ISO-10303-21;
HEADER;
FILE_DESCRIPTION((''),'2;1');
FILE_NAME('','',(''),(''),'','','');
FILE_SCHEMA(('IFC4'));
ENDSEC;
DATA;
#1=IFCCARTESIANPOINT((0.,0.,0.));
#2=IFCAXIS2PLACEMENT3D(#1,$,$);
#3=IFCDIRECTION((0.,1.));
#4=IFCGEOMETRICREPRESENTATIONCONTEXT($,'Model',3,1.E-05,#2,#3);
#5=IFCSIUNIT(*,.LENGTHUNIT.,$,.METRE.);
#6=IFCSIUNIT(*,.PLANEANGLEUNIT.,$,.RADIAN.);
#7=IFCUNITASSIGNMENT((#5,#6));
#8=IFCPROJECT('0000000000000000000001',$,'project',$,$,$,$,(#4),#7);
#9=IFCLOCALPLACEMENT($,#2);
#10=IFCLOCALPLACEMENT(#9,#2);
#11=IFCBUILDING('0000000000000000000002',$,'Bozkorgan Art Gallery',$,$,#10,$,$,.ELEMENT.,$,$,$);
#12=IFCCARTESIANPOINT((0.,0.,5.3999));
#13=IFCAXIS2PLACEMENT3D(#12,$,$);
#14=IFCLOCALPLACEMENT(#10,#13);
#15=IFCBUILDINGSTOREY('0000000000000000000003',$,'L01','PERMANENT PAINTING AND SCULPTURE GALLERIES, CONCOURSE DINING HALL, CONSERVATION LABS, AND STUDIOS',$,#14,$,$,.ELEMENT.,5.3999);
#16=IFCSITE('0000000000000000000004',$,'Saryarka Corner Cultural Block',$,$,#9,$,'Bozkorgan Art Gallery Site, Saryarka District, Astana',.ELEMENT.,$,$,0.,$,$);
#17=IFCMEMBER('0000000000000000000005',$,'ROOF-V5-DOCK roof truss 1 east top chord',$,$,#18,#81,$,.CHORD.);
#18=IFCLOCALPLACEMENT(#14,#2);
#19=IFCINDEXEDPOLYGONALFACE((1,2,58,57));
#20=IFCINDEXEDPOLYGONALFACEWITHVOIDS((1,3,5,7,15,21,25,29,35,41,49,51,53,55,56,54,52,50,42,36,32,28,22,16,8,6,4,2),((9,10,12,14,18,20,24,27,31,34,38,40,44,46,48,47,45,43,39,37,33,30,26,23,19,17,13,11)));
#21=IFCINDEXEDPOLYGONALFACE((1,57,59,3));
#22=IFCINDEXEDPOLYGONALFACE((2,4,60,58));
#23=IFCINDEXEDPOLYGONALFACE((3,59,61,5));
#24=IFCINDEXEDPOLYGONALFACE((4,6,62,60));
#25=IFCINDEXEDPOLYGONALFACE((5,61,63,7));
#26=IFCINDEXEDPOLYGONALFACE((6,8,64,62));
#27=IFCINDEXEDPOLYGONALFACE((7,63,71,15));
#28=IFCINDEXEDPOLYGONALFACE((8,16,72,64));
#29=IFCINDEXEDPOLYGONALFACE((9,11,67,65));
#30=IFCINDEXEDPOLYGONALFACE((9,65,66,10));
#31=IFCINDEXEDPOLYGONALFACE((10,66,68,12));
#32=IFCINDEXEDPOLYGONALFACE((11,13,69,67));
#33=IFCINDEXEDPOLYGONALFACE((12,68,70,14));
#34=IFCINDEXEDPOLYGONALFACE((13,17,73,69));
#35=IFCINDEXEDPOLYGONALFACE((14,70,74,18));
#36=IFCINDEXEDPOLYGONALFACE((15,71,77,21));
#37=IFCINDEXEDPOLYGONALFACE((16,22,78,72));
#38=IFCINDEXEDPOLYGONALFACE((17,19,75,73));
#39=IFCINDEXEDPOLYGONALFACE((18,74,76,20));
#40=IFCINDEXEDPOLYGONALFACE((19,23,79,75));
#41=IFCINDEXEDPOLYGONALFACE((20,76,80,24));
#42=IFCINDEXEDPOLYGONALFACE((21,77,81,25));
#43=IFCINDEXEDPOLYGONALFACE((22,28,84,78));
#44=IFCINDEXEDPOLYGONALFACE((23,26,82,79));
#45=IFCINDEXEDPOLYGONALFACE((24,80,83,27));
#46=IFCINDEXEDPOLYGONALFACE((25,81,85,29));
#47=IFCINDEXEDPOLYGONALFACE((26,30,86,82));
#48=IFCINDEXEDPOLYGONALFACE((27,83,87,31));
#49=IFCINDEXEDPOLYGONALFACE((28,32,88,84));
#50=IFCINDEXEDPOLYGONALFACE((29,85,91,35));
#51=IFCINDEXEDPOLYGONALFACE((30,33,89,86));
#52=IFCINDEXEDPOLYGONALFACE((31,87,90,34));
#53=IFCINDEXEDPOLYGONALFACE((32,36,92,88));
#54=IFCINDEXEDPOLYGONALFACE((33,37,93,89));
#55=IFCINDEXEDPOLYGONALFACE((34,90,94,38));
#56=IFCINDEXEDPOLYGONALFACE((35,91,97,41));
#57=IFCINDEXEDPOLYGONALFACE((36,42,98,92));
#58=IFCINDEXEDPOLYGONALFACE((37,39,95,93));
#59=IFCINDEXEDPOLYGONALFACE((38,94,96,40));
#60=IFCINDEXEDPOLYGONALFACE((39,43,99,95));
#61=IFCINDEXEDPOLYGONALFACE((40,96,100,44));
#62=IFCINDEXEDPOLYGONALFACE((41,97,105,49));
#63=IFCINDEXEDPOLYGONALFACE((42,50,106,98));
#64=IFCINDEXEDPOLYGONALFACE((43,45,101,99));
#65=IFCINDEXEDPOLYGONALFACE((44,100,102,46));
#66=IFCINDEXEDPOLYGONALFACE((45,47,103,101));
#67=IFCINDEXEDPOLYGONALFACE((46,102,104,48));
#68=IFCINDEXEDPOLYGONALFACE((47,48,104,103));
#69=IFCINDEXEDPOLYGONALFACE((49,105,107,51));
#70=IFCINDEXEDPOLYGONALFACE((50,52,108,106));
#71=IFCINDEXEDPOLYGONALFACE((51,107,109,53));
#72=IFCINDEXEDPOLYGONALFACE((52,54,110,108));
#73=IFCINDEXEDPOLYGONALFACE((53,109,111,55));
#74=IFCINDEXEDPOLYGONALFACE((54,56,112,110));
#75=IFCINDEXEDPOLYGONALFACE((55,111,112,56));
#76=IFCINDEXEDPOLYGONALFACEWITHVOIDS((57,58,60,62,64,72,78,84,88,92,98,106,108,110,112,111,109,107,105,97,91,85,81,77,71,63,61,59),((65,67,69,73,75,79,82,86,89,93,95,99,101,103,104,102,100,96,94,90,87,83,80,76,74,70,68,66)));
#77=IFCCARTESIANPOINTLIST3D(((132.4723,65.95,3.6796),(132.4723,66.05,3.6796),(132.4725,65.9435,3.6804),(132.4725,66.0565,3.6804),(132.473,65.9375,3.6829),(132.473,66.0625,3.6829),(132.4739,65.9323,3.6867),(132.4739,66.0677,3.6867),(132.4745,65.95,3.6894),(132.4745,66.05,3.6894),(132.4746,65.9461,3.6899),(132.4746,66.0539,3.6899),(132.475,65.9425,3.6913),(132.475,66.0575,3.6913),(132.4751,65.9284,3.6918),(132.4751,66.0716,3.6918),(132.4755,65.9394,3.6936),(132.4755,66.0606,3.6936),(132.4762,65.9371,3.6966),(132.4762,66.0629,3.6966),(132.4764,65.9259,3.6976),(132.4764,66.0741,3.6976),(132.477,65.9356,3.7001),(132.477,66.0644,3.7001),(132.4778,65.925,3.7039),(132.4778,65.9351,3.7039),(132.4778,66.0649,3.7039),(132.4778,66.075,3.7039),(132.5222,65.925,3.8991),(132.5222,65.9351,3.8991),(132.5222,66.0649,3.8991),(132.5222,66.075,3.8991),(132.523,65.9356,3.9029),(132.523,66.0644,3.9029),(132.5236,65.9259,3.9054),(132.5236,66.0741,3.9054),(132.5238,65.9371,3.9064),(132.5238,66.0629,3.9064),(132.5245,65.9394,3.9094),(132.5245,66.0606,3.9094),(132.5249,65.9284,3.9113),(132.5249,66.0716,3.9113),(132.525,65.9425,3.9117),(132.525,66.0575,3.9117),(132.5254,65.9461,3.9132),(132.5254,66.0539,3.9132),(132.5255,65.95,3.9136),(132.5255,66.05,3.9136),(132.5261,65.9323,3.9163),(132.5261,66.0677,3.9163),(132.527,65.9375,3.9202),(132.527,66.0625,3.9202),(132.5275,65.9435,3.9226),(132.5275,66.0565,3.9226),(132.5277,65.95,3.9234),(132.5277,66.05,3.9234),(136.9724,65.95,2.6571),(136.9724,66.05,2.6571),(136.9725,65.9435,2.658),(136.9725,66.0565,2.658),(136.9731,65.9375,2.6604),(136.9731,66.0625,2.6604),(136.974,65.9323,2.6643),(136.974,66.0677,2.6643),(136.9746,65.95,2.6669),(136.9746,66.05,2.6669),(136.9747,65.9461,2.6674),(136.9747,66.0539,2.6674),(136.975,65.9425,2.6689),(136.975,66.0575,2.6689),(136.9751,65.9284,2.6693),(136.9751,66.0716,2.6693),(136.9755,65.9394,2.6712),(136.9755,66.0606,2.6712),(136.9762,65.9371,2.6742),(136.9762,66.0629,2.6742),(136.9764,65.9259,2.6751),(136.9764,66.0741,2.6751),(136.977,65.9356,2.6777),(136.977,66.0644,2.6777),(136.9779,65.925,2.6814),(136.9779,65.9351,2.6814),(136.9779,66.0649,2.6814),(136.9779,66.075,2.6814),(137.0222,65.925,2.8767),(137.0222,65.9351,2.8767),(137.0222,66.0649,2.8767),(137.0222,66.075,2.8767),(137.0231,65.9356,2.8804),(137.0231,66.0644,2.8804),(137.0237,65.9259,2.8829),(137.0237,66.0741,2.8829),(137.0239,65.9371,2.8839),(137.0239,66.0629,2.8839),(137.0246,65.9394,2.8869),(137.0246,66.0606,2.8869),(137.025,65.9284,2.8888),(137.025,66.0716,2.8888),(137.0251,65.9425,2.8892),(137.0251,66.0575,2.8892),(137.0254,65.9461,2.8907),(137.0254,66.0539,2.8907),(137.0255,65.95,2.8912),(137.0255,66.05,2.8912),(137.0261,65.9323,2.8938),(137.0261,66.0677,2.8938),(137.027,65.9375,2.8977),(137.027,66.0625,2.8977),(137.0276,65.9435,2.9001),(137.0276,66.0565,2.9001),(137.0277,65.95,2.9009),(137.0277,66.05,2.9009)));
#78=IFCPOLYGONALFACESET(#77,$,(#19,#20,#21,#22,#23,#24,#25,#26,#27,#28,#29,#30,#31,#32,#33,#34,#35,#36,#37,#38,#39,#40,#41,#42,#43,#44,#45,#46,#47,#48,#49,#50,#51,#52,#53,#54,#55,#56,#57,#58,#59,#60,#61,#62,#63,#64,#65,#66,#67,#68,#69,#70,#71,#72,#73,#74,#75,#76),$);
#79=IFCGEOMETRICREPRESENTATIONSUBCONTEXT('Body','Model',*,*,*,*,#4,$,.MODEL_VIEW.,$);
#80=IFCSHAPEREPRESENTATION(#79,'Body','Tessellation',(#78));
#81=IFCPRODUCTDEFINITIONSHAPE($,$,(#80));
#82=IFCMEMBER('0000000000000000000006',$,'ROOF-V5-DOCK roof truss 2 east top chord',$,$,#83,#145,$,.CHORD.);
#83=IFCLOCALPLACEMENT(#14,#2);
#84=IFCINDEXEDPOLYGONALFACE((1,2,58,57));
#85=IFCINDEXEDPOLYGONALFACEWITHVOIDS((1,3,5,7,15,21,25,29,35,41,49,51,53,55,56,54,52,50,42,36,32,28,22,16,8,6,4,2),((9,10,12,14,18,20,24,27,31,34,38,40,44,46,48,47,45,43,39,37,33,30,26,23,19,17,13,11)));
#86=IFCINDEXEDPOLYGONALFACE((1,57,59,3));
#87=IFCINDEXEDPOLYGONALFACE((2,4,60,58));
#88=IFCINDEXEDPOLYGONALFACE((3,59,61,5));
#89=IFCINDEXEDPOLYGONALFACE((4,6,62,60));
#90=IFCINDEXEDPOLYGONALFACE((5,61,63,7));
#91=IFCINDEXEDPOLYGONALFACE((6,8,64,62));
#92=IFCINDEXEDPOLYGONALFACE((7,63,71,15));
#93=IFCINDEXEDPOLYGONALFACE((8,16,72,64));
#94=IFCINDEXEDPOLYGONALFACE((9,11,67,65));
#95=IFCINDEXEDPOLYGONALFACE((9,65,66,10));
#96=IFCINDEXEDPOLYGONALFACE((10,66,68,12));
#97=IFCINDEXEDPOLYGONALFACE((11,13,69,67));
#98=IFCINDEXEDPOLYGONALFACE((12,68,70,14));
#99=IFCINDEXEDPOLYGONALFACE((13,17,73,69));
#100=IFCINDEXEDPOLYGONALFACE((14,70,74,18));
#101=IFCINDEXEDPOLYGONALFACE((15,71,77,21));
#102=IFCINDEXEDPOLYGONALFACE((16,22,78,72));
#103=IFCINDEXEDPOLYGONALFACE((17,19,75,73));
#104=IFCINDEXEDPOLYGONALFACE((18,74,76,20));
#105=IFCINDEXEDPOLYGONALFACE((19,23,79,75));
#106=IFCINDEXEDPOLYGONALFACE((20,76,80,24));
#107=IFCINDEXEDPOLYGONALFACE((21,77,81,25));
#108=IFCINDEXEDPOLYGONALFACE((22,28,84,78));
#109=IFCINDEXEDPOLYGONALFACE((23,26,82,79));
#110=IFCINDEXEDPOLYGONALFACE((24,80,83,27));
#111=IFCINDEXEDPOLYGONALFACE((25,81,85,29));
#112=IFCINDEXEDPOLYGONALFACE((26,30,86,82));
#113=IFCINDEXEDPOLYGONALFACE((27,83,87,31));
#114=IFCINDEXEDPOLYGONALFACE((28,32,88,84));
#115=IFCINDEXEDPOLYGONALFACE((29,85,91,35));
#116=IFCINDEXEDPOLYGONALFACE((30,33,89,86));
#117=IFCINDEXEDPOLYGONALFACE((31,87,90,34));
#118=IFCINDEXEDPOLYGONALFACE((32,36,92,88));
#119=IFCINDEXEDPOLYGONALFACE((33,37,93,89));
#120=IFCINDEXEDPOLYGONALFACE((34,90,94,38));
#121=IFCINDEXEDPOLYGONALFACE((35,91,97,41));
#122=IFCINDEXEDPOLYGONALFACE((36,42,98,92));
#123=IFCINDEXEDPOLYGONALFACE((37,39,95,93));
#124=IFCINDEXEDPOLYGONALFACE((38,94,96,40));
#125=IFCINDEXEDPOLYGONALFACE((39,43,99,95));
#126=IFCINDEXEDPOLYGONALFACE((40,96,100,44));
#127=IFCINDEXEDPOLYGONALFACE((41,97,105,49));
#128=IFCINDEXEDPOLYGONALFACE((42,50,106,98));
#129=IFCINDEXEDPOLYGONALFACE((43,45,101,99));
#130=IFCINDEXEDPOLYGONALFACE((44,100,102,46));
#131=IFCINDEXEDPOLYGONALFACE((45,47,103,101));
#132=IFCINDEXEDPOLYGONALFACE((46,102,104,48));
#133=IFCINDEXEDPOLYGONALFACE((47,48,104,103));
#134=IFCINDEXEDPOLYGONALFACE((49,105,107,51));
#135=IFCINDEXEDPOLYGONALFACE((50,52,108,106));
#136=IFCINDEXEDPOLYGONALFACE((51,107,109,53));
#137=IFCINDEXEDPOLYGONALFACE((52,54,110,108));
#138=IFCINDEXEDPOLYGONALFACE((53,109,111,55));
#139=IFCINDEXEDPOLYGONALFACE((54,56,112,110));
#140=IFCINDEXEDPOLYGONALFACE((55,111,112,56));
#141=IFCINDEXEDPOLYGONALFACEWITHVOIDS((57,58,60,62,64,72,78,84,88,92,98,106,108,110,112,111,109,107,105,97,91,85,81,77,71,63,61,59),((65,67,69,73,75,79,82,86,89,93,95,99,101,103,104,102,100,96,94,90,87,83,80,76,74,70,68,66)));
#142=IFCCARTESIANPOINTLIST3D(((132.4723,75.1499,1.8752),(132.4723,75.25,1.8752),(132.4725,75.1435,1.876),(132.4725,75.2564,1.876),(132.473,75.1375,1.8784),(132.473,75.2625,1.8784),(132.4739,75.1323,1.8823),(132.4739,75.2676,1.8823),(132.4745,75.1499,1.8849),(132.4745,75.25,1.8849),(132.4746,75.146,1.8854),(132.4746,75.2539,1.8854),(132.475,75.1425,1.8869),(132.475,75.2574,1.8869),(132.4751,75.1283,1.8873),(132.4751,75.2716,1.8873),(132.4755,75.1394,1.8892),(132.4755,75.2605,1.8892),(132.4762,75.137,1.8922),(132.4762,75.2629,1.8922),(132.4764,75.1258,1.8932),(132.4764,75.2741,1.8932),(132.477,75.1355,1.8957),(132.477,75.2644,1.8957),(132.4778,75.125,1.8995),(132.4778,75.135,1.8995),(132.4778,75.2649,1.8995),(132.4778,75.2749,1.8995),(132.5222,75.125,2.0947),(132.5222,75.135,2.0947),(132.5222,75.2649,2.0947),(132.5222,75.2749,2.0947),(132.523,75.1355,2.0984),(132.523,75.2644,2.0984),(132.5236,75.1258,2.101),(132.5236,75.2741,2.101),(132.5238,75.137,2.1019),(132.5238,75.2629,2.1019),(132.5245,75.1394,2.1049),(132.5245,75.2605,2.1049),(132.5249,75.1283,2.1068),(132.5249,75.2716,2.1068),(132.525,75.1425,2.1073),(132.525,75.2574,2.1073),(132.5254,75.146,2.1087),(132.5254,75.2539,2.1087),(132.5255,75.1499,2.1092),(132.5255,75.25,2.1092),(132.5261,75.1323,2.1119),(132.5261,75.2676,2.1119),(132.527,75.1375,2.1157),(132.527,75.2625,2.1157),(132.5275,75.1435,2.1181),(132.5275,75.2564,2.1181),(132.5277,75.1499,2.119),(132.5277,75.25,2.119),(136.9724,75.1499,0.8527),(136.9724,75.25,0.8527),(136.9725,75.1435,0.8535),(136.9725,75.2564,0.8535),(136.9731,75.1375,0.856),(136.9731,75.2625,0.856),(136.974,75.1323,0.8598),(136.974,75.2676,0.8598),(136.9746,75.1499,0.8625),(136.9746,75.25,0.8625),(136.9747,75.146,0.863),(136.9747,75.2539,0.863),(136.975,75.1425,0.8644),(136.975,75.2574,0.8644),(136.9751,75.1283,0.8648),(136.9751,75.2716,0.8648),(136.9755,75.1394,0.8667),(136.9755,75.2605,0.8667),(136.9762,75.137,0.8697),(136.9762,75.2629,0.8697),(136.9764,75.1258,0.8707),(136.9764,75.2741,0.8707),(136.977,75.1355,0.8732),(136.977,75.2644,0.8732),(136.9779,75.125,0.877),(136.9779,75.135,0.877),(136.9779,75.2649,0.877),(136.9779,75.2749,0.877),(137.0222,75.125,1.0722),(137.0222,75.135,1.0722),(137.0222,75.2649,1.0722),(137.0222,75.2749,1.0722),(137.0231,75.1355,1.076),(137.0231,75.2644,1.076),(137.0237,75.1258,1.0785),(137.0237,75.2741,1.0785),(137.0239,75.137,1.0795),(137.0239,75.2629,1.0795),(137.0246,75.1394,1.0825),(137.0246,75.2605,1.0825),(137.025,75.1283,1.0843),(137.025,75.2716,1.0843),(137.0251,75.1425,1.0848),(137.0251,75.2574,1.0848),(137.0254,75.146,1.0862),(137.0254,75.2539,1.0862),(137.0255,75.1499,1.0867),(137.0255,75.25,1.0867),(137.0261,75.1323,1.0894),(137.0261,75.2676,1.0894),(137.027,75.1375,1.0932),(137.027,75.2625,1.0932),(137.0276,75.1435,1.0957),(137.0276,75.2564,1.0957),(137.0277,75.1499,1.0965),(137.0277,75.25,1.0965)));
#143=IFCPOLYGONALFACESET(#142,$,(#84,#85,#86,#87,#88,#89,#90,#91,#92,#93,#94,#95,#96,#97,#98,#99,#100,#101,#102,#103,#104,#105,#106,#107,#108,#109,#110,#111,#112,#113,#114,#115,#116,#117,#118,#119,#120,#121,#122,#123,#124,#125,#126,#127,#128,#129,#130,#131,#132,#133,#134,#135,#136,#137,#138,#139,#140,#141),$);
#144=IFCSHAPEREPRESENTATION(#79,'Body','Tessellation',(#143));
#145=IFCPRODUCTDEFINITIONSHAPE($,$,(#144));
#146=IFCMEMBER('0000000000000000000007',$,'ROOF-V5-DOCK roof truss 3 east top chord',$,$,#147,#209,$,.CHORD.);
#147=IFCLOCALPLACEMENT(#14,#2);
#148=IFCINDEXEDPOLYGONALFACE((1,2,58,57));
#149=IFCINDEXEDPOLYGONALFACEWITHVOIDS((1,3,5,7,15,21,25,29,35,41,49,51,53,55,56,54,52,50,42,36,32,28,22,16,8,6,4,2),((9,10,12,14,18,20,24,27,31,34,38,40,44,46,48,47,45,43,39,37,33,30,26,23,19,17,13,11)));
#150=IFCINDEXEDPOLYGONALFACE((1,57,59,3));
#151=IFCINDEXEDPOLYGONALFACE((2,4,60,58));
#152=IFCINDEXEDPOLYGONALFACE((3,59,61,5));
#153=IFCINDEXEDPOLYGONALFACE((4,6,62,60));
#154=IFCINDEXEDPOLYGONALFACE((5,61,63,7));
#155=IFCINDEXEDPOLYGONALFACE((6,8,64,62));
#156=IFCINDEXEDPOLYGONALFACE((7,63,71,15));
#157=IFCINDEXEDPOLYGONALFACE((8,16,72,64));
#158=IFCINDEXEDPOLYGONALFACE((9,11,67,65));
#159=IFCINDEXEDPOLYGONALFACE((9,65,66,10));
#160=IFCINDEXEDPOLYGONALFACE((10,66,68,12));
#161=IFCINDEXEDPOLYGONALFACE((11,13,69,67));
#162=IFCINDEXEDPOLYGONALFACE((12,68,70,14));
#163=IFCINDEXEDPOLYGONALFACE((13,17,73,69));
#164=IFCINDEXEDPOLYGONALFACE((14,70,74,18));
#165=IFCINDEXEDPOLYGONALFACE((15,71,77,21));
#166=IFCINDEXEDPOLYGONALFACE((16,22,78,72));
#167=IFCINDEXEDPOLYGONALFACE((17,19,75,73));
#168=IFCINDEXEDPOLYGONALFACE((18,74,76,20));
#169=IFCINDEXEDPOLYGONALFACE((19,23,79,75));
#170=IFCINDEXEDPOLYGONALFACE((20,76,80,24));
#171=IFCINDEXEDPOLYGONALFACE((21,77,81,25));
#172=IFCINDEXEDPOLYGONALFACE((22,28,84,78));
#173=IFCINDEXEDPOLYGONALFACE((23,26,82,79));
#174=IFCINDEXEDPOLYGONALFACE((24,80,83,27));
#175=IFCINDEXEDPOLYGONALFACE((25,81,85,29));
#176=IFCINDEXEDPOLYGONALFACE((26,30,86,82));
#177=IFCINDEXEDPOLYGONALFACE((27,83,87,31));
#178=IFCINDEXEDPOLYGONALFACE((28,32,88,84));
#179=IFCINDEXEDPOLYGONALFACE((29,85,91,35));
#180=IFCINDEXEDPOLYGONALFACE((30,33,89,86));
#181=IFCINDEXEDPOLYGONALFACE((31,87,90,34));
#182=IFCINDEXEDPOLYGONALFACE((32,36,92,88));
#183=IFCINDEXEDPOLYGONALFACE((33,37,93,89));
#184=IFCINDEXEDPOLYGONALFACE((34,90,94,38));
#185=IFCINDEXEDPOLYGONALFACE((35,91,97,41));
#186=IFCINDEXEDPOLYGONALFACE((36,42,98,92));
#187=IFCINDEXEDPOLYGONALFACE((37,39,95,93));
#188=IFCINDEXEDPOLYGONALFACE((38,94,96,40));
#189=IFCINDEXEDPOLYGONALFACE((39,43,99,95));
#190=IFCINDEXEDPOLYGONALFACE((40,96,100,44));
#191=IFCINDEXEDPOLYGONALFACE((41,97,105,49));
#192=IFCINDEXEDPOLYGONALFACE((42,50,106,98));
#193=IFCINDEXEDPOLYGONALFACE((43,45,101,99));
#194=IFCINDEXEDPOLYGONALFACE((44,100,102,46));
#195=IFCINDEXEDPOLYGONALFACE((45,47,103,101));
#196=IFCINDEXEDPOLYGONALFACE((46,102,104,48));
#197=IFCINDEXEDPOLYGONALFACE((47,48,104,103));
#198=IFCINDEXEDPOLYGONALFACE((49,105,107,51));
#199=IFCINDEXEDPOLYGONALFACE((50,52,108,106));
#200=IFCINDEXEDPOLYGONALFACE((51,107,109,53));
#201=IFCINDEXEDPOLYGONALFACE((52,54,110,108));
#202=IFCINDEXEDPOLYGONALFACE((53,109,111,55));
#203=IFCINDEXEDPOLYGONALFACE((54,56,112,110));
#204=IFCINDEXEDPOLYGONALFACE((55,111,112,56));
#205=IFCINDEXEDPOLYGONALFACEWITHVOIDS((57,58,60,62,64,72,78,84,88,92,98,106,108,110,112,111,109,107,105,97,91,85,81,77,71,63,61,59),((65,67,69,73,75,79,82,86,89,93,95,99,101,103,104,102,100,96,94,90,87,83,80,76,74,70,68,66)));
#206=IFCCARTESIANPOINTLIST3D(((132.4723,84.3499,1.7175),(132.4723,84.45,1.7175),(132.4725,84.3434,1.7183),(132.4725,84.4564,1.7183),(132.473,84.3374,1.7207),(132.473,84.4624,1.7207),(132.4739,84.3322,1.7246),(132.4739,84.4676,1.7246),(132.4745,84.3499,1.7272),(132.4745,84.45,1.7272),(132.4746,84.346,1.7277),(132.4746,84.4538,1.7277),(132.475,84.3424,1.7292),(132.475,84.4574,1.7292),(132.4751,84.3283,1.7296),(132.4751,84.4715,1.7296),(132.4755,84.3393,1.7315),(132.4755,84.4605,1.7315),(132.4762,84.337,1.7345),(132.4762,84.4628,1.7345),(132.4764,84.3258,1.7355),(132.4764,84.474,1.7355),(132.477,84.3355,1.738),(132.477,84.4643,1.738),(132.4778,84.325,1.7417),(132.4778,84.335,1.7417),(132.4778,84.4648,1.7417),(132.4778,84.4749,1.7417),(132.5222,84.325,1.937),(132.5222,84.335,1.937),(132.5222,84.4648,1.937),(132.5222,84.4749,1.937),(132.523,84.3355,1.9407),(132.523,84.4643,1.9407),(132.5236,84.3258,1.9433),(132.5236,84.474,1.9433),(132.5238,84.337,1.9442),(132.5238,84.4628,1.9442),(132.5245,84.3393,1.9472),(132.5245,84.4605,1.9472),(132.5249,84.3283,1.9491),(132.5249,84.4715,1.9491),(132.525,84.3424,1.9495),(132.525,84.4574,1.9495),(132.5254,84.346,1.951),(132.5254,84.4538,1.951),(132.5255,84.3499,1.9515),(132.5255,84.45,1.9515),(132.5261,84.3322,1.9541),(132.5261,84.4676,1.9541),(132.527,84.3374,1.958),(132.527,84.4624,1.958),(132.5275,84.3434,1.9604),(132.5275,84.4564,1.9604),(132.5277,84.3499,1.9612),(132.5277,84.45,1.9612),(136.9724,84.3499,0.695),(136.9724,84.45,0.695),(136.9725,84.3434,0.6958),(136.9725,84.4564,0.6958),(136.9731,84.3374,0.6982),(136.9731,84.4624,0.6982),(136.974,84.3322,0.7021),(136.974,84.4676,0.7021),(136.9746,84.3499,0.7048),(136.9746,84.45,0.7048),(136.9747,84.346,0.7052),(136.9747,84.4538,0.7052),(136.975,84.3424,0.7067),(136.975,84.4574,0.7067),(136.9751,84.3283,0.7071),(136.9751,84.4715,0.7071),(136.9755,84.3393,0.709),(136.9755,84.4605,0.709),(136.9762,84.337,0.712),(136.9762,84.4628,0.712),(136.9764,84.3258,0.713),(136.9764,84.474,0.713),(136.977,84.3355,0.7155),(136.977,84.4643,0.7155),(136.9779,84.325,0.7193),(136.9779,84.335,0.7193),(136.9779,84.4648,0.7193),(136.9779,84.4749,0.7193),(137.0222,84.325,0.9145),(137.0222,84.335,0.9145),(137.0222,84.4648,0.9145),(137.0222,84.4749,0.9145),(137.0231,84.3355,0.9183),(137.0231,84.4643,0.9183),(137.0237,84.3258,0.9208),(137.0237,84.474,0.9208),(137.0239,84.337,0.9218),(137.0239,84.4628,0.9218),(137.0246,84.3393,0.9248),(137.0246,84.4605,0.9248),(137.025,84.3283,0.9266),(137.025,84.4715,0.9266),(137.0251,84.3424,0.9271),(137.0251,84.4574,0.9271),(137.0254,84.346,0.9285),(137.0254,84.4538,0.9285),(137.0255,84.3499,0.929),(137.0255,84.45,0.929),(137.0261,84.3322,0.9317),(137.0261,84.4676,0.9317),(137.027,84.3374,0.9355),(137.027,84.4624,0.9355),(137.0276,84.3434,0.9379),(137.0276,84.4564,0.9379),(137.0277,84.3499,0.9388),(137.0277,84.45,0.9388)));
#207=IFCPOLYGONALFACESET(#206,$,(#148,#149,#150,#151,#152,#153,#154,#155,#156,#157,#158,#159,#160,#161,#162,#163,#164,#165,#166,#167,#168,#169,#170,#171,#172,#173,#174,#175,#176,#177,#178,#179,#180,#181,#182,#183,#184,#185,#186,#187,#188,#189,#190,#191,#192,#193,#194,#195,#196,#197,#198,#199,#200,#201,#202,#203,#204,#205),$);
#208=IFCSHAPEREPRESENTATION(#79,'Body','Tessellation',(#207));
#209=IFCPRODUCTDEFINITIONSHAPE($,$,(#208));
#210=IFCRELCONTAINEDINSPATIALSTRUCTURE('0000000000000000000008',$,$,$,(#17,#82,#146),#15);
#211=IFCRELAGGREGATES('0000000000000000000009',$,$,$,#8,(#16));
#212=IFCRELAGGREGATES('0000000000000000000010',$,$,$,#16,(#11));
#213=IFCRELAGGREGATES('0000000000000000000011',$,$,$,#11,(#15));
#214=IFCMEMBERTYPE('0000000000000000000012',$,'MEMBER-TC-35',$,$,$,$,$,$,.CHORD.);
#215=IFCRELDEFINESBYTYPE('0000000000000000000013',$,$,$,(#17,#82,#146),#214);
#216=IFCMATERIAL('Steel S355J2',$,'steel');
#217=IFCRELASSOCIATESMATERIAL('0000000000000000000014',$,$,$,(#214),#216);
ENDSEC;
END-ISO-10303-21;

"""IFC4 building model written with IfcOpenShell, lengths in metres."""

from ifc_helpers import new_model, si_unit, direction, frame, origin, origin_2d, place, context, subcontext, project, spatial, hollow_rectangle, extrude, material, material_profile, profile_set, type_object, element, save


model = new_model("IFC4")

# Units and contexts
model_context = context("Model", 3, precision=1e-05, world=origin(), true_north=direction((0.0, 1.0)))
body_context = subcontext(model_context, "Body", "Model", "MODEL_VIEW")
ifc_project = project(units=[si_unit("LENGTHUNIT", "METRE"), si_unit("PLANEANGLEUNIT", "RADIAN")], contexts=[model_context])

# Site, building, storey
site_placement = place(None, origin())
site = spatial("IfcSite", under=ifc_project, at=site_placement, Name="Saryarka Corner Cultural Block", LongName="Bozkorgan Art Gallery Site, Saryarka District, Astana", CompositionType="ELEMENT", RefElevation=0.0)
building_placement = place(site_placement, origin())
building = spatial("IfcBuilding", under=site, at=building_placement, Name="Bozkorgan Art Gallery", CompositionType="ELEMENT")
storey_placement = place(building_placement, frame((0.0, 0.0, 5.3999)))
storey = spatial("IfcBuildingStorey", under=building, at=storey_placement, Name="L01", Description="PERMANENT PAINTING AND SCULPTURE GALLERIES, CONCOURSE DINING HALL, CONSERVATION LABS, AND STUDIOS", CompositionType="ELEMENT", Elevation=5.3999)

# Members
ifc_material_1 = material(Name="Steel S355J2", Category="steel")
ifc_material_profile_1 = material_profile(ifc_material_1, hollow_rectangle(XDim=0.1499, YDim=0.25, WallThickness=0.01, InnerFilletRadius=0.0149, OuterFilletRadius=0.0249, at=origin_2d()), Name="RHS 250x150x10")
ifc_profile_set_1 = profile_set([ifc_material_profile_1], Name="Steel S355J2")
member_type_1 = type_object("IfcMemberType", Name="MEMBER-TC-35", PredefinedType="CHORD", material=ifc_profile_set_1)
for number, where, z_axis, x_axis, name in (
    (1, (132.5, 66.0, 3.8015), (0.975145, 0.0, -0.221566), (0.0, 1.0, 0.0), "ROOF-V5-DOCK roof truss 1 east top chord"),
    (2, (132.5, 75.2, 1.9971), (0.975145, 0.0, -0.221566), (0.0, 1.0, 0.0), "ROOF-V5-DOCK roof truss 2 east top chord"),
    (3, (132.5, 84.3999, 1.8394), (0.975145, 0.0, -0.221566), (0.0, 1.0, 0.0), "ROOF-V5-DOCK roof truss 3 east top chord"),
):
    element("IfcMember", number, at=place(storey_placement, frame(where, z_axis=z_axis, x_axis=x_axis)), inside=storey, type_object=member_type_1, Name=name, PredefinedType="CHORD", context=body_context, shape_type="SweptSolid", body=[
        extrude(hollow_rectangle(XDim=0.1499, YDim=0.25, WallThickness=0.01, InnerFilletRadius=0.0149, OuterFilletRadius=0.0249, at=origin_2d()), origin(), (0.0, 0.0, 1.0), 4.6147),
    ])

save(model, "model.ifc")
